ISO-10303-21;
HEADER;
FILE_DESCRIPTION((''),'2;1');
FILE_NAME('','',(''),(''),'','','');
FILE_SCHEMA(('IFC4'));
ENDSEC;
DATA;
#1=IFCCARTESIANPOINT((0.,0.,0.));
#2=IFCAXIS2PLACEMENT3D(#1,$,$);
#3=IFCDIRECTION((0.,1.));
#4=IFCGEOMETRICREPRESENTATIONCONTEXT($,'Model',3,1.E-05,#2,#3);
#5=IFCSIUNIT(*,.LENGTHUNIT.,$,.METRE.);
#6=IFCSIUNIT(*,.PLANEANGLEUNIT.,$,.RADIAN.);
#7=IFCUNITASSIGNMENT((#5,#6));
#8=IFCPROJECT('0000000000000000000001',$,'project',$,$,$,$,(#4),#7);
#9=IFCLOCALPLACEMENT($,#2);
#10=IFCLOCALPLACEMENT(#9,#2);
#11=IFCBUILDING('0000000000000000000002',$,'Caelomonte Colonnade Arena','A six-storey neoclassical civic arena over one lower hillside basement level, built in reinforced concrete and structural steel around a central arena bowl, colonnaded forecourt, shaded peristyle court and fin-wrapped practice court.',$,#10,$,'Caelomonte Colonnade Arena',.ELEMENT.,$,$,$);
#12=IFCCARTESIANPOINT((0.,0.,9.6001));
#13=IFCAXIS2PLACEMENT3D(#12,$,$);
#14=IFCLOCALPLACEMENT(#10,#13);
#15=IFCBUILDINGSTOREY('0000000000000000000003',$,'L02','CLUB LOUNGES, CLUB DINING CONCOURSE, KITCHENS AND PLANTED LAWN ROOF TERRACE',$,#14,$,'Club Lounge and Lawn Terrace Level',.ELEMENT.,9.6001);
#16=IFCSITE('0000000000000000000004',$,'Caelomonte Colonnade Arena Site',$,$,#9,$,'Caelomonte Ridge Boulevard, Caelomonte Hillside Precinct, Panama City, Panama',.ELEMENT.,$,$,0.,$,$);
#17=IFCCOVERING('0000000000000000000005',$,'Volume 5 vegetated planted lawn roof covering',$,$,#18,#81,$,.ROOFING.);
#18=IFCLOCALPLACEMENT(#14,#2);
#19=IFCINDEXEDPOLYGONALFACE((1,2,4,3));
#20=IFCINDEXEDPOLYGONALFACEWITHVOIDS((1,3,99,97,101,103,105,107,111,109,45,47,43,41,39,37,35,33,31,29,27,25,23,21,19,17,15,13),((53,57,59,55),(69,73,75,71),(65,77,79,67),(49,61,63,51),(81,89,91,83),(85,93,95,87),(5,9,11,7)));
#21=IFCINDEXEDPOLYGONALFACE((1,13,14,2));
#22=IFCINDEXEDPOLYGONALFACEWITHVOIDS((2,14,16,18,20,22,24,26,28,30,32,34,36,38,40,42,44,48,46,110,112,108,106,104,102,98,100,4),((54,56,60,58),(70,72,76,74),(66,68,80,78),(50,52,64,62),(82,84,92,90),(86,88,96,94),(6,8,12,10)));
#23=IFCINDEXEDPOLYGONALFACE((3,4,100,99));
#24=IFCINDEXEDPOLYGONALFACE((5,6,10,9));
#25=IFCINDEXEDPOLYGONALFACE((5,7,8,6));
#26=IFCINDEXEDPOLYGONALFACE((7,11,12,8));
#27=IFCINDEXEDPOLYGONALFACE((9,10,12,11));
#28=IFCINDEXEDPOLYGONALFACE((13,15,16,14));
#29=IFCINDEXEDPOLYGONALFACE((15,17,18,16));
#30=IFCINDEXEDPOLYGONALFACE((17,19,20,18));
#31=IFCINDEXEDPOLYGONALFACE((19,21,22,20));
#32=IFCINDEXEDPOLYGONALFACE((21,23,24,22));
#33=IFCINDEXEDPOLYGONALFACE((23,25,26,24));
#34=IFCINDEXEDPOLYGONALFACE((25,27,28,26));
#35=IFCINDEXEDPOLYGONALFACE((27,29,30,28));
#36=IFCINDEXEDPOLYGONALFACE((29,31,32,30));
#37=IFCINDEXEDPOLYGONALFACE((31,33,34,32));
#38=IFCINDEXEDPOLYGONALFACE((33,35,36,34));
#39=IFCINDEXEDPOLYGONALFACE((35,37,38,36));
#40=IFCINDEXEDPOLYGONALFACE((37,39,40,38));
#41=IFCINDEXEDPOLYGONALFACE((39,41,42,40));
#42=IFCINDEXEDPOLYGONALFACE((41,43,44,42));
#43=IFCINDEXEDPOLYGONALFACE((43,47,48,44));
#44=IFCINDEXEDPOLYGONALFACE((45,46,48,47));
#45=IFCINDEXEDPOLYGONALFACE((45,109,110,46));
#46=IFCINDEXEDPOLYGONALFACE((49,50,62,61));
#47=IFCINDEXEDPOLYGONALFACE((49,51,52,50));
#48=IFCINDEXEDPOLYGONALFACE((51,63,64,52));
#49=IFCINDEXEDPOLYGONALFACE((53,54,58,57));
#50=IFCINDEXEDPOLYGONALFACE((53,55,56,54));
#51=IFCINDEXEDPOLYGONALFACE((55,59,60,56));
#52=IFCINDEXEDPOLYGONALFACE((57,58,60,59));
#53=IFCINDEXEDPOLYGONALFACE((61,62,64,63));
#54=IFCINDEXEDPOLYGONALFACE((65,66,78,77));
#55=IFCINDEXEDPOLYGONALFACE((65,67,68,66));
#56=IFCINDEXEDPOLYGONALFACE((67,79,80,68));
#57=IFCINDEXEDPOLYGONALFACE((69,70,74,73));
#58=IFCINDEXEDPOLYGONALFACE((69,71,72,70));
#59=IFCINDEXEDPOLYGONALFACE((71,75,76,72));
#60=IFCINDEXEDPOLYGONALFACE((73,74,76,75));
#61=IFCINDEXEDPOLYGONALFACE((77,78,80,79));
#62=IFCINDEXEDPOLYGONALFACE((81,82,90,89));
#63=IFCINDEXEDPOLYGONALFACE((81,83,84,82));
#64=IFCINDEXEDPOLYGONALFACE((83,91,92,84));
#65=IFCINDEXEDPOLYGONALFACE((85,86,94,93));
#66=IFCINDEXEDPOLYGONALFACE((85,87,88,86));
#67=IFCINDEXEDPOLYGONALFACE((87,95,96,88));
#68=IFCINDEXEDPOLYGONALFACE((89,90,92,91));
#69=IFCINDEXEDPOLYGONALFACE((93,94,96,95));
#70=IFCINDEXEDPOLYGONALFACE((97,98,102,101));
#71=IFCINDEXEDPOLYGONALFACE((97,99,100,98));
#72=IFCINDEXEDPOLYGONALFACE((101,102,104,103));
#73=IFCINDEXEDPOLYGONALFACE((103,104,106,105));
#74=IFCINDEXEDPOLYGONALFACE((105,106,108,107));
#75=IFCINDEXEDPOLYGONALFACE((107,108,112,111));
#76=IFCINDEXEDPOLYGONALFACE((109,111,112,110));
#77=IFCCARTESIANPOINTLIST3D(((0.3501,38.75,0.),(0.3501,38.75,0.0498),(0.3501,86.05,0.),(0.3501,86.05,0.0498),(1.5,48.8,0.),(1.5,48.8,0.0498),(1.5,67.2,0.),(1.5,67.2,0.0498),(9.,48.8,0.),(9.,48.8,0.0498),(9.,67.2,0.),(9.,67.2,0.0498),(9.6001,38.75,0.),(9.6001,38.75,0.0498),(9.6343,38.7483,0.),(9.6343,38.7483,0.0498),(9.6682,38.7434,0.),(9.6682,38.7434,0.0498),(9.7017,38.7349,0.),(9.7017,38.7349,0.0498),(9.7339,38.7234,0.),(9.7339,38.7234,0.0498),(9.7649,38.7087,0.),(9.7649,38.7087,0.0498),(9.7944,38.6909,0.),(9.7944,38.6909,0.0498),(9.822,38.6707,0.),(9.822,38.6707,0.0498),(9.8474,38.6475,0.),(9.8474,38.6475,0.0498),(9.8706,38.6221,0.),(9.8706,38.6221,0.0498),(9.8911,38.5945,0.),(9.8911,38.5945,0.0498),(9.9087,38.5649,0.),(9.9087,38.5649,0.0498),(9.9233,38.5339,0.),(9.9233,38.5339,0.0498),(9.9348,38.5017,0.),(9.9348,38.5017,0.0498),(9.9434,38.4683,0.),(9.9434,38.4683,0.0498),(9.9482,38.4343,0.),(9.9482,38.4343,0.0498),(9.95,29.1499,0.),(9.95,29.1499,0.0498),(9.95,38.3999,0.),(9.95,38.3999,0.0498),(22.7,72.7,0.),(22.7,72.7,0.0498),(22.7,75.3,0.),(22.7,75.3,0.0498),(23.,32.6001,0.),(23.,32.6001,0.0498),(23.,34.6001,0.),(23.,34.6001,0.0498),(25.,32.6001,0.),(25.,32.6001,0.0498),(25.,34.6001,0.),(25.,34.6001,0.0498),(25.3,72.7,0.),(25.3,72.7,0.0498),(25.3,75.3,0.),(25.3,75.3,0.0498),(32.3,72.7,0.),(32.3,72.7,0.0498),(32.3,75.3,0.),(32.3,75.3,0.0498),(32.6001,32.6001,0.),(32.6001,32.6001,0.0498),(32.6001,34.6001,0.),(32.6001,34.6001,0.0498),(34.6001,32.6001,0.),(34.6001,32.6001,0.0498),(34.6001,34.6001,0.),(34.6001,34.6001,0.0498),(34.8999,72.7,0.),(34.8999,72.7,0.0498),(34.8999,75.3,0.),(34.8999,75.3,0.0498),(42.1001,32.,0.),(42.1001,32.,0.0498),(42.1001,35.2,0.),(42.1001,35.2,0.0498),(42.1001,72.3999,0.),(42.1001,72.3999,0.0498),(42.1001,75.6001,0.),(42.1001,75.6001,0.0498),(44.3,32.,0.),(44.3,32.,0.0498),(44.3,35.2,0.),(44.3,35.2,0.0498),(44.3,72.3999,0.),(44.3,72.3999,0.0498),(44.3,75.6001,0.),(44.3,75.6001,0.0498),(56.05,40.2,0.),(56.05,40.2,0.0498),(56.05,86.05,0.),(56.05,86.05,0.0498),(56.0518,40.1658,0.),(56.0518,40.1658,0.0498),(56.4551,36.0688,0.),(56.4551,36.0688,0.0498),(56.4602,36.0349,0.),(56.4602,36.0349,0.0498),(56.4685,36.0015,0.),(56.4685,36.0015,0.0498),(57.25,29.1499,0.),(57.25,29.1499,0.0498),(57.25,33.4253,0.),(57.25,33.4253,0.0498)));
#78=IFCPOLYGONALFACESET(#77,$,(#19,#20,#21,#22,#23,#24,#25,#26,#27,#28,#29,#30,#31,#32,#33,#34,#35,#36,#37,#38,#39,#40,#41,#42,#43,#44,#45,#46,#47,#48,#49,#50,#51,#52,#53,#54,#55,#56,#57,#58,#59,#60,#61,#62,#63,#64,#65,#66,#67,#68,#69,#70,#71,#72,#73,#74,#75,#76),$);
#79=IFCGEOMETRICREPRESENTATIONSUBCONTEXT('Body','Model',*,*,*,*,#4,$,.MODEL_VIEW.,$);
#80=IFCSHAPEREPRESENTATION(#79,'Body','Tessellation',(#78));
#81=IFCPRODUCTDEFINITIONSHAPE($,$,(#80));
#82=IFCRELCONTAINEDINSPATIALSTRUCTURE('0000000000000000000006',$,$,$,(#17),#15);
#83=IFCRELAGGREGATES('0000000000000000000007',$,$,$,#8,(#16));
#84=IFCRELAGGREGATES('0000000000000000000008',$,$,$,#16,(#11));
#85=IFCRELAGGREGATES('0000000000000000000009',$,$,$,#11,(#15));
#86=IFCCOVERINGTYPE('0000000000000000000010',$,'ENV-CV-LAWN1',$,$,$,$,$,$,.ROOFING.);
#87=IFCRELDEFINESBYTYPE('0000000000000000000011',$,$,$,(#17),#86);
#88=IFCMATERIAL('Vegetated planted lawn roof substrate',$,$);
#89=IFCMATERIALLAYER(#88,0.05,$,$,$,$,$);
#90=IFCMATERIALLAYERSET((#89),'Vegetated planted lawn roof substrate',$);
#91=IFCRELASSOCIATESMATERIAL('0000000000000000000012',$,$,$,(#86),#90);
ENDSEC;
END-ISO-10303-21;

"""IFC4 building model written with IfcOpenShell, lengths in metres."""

from ifc_helpers import new_model, si_unit, direction, frame, origin, place, context, subcontext, project, spatial, polyline, outline, extrude, material, layer, layer_set, type_object, element, save


model = new_model("IFC4")

# Units and contexts
model_context = context("Model", 3, precision=1e-05, world=origin(), true_north=direction((0.0, 1.0)))
body_context = subcontext(model_context, "Body", "Model", "MODEL_VIEW")
ifc_project = project(units=[si_unit("LENGTHUNIT", "METRE"), si_unit("PLANEANGLEUNIT", "RADIAN")], contexts=[model_context])

# Site, building, storey
site_placement = place(None, origin())
site = spatial("IfcSite", under=ifc_project, at=site_placement, Name="Caelomonte Colonnade Arena Site", LongName="Caelomonte Ridge Boulevard, Caelomonte Hillside Precinct, Panama City, Panama", CompositionType="ELEMENT", RefElevation=0.0)
building_placement = place(site_placement, origin())
building = spatial("IfcBuilding", under=site, at=building_placement, Name="Caelomonte Colonnade Arena", Description="A six-storey neoclassical civic arena over one lower hillside basement level, built in reinforced concrete and structural steel around a central arena bowl, colonnaded forecourt, shaded peristyle court and fin-wrapped practice court.", LongName="Caelomonte Colonnade Arena", CompositionType="ELEMENT")
storey_placement = place(building_placement, frame((0.0, 0.0, 9.6001)))
storey = spatial("IfcBuildingStorey", under=building, at=storey_placement, Name="L02", Description="CLUB LOUNGES, CLUB DINING CONCOURSE, KITCHENS AND PLANTED LAWN ROOF TERRACE", LongName="Club Lounge and Lawn Terrace Level", CompositionType="ELEMENT", Elevation=9.6001)

# Covering
ifc_material_1 = material(Name="Vegetated planted lawn roof substrate")
ifc_layer_1 = layer(ifc_material_1, 0.05)
ifc_layer_set_1 = layer_set([ifc_layer_1], Name="Vegetated planted lawn roof substrate")
covering_type = type_object("IfcCoveringType", Name="ENV-CV-LAWN1", PredefinedType="ROOFING", material=ifc_layer_set_1)
covering_placement = place(storey_placement, origin())
element("IfcCovering", 1, at=covering_placement, inside=storey, type_object=covering_type, Name="Volume 5 vegetated planted lawn roof covering", PredefinedType="ROOFING", context=body_context, shape_type="SweptSolid", body=[
    extrude(outline(polyline([(56.05, 86.05), (0.3501, 86.05), (0.3501, 38.75), (9.6001, 38.75), (9.6343, 38.7483), (9.6682, 38.7434), (9.7017, 38.7349), (9.7339, 38.7234), (9.7649, 38.7087), (9.7944, 38.6909), (9.822, 38.6707), (9.8474, 38.6475), (9.8706, 38.6221), (9.8911, 38.5945), (9.9087, 38.5649), (9.9233, 38.5339), (9.9348, 38.5017), (9.9434, 38.4683), (9.9482, 38.4343), (9.95, 38.3999), (9.95, 29.1499), (57.25, 29.1499), (57.25, 33.4253), (56.4685, 36.0015), (56.4602, 36.0349), (56.4551, 36.0688), (56.0518, 40.1658), (56.05, 40.2), (56.05, 86.05)]), holes=[polyline([(23.0, 32.6001), (23.0, 34.6001), (25.0, 34.6001), (25.0, 32.6001), (23.0, 32.6001)]), polyline([(32.6001, 32.6001), (32.6001, 34.6001), (34.6001, 34.6001), (34.6001, 32.6001), (32.6001, 32.6001)]), polyline([(42.1001, 32.0), (42.1001, 35.2), (44.3, 35.2), (44.3, 32.0), (42.1001, 32.0)]), polyline([(1.5, 48.8), (1.5, 67.2), (9.0, 67.2), (9.0, 48.8), (1.5, 48.8)]), polyline([(22.7, 72.7), (22.7, 75.3), (25.3, 75.3), (25.3, 72.7), (22.7, 72.7)]), polyline([(32.3, 72.7), (32.3, 75.3), (34.8999, 75.3), (34.8999, 72.7), (32.3, 72.7)]), polyline([(42.1001, 72.3999), (42.1001, 75.6001), (44.3, 75.6001), (44.3, 72.3999), (42.1001, 72.3999)])]), origin(), (0.0, 0.0, 1.0), 0.0498),
])

save(model, "model.ifc")
